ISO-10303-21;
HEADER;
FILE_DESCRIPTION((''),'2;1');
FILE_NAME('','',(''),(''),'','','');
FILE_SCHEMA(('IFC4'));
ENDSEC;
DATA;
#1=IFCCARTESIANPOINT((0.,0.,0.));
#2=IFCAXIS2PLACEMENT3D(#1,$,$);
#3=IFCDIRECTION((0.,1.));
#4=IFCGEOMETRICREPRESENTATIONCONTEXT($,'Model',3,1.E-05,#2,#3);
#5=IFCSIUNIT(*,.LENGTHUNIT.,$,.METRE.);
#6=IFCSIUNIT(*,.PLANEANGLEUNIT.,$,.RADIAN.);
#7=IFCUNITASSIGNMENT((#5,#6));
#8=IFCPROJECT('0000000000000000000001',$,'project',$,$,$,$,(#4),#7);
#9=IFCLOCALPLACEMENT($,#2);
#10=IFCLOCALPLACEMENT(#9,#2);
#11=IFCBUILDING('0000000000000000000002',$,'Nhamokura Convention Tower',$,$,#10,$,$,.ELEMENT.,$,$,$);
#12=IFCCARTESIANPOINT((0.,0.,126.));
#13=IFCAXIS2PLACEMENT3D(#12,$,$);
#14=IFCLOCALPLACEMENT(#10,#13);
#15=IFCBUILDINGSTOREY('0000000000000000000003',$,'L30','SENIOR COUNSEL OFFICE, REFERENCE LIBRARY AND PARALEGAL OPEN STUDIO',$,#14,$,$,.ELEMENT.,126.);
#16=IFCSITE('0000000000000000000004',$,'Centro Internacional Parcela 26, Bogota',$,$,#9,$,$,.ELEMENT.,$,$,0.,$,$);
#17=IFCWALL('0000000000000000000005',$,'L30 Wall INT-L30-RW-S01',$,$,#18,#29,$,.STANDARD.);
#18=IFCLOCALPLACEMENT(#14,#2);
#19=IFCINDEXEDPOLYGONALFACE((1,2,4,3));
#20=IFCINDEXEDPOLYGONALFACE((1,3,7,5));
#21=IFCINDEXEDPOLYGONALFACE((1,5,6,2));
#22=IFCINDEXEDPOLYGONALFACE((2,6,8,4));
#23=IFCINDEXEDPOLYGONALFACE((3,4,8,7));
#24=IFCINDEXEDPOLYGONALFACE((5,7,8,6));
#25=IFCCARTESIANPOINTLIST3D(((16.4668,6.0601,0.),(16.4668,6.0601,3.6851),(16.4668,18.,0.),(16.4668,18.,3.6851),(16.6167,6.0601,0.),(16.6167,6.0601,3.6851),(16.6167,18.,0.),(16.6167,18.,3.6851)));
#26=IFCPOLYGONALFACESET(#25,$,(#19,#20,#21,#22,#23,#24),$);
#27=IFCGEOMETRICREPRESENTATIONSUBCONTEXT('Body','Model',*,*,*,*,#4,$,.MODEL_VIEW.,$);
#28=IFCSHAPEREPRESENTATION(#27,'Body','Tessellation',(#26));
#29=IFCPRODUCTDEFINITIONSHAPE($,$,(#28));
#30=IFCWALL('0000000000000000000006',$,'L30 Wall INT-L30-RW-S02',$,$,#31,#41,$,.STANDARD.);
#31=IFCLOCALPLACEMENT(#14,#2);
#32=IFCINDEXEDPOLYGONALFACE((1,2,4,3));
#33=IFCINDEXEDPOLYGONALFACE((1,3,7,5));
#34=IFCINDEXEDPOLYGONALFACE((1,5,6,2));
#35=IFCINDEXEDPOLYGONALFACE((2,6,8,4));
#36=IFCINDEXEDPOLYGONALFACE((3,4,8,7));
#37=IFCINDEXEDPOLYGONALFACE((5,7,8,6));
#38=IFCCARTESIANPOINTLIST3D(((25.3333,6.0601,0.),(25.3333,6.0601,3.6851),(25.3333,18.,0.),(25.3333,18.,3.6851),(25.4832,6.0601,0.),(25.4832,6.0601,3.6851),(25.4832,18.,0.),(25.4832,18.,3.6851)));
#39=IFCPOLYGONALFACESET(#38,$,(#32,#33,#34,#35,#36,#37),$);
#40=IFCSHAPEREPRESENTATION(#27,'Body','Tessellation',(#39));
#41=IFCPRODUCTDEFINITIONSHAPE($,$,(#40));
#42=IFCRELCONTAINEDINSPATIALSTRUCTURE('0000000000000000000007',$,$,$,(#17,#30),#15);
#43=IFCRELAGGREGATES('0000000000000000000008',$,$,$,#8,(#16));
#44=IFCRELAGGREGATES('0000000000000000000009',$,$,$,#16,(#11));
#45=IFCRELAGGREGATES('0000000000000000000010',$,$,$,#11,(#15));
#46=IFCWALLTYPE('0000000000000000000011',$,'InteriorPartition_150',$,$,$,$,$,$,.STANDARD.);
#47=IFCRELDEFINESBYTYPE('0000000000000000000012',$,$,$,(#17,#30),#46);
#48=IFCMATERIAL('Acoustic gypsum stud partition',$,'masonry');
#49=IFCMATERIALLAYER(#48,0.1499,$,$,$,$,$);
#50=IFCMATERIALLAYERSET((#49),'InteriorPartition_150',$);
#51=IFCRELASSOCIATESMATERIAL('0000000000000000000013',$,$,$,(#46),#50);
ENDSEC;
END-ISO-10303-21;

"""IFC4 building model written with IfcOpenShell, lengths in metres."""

from ifc_helpers import new_model, si_unit, direction, frame, frame_2d, origin, place, context, subcontext, project, spatial, rectangle, extrude, material, layer, layer_set, type_object, element, save


model = new_model("IFC4")

# Units and contexts
model_context = context("Model", 3, precision=1e-05, world=origin(), true_north=direction((0.0, 1.0)))
body_context = subcontext(model_context, "Body", "Model", "MODEL_VIEW")
ifc_project = project(units=[si_unit("LENGTHUNIT", "METRE"), si_unit("PLANEANGLEUNIT", "RADIAN")], contexts=[model_context])

# Site, building, storey
site_placement = place(None, origin())
site = spatial("IfcSite", under=ifc_project, at=site_placement, Name="Centro Internacional Parcela 26, Bogota", CompositionType="ELEMENT", RefElevation=0.0)
building_placement = place(site_placement, origin())
building = spatial("IfcBuilding", under=site, at=building_placement, Name="Nhamokura Convention Tower", CompositionType="ELEMENT")
storey_placement = place(building_placement, frame((0.0, 0.0, 126.0)))
storey = spatial("IfcBuildingStorey", under=building, at=storey_placement, Name="L30", Description="SENIOR COUNSEL OFFICE, REFERENCE LIBRARY AND PARALEGAL OPEN STUDIO", CompositionType="ELEMENT", Elevation=126.0)

# Walls
ifc_material_1 = material(Name="Acoustic gypsum stud partition", Category="masonry")
ifc_layer_1 = layer(ifc_material_1, 0.1499)
ifc_layer_set_1 = layer_set([ifc_layer_1], Name="InteriorPartition_150")
wall_type_1 = type_object("IfcWallType", Name="InteriorPartition_150", PredefinedType="STANDARD", material=ifc_layer_set_1)
for number, where, z_axis, x_axis, name in (
    (1, (16.5417, 6.0601, 0.0), (0.0, 0.0, 1.0), (0.0, 1.0, 0.0), "L30 Wall INT-L30-RW-S01"),
    (2, (25.4082, 6.0601, 0.0), (0.0, 0.0, 1.0), (0.0, 1.0, 0.0), "L30 Wall INT-L30-RW-S02"),
):
    element("IfcWall", number, at=place(storey_placement, frame(where, z_axis=z_axis, x_axis=x_axis)), inside=storey, type_object=wall_type_1, Name=name, PredefinedType="STANDARD", context=body_context, shape_type="SweptSolid", body=[
        extrude(rectangle(XDim=11.9399, YDim=0.1499, at=frame_2d((5.97, 0.0))), origin(), (0.0, 0.0, 1.0), 3.6851),
    ])

save(model, "model.ifc")
